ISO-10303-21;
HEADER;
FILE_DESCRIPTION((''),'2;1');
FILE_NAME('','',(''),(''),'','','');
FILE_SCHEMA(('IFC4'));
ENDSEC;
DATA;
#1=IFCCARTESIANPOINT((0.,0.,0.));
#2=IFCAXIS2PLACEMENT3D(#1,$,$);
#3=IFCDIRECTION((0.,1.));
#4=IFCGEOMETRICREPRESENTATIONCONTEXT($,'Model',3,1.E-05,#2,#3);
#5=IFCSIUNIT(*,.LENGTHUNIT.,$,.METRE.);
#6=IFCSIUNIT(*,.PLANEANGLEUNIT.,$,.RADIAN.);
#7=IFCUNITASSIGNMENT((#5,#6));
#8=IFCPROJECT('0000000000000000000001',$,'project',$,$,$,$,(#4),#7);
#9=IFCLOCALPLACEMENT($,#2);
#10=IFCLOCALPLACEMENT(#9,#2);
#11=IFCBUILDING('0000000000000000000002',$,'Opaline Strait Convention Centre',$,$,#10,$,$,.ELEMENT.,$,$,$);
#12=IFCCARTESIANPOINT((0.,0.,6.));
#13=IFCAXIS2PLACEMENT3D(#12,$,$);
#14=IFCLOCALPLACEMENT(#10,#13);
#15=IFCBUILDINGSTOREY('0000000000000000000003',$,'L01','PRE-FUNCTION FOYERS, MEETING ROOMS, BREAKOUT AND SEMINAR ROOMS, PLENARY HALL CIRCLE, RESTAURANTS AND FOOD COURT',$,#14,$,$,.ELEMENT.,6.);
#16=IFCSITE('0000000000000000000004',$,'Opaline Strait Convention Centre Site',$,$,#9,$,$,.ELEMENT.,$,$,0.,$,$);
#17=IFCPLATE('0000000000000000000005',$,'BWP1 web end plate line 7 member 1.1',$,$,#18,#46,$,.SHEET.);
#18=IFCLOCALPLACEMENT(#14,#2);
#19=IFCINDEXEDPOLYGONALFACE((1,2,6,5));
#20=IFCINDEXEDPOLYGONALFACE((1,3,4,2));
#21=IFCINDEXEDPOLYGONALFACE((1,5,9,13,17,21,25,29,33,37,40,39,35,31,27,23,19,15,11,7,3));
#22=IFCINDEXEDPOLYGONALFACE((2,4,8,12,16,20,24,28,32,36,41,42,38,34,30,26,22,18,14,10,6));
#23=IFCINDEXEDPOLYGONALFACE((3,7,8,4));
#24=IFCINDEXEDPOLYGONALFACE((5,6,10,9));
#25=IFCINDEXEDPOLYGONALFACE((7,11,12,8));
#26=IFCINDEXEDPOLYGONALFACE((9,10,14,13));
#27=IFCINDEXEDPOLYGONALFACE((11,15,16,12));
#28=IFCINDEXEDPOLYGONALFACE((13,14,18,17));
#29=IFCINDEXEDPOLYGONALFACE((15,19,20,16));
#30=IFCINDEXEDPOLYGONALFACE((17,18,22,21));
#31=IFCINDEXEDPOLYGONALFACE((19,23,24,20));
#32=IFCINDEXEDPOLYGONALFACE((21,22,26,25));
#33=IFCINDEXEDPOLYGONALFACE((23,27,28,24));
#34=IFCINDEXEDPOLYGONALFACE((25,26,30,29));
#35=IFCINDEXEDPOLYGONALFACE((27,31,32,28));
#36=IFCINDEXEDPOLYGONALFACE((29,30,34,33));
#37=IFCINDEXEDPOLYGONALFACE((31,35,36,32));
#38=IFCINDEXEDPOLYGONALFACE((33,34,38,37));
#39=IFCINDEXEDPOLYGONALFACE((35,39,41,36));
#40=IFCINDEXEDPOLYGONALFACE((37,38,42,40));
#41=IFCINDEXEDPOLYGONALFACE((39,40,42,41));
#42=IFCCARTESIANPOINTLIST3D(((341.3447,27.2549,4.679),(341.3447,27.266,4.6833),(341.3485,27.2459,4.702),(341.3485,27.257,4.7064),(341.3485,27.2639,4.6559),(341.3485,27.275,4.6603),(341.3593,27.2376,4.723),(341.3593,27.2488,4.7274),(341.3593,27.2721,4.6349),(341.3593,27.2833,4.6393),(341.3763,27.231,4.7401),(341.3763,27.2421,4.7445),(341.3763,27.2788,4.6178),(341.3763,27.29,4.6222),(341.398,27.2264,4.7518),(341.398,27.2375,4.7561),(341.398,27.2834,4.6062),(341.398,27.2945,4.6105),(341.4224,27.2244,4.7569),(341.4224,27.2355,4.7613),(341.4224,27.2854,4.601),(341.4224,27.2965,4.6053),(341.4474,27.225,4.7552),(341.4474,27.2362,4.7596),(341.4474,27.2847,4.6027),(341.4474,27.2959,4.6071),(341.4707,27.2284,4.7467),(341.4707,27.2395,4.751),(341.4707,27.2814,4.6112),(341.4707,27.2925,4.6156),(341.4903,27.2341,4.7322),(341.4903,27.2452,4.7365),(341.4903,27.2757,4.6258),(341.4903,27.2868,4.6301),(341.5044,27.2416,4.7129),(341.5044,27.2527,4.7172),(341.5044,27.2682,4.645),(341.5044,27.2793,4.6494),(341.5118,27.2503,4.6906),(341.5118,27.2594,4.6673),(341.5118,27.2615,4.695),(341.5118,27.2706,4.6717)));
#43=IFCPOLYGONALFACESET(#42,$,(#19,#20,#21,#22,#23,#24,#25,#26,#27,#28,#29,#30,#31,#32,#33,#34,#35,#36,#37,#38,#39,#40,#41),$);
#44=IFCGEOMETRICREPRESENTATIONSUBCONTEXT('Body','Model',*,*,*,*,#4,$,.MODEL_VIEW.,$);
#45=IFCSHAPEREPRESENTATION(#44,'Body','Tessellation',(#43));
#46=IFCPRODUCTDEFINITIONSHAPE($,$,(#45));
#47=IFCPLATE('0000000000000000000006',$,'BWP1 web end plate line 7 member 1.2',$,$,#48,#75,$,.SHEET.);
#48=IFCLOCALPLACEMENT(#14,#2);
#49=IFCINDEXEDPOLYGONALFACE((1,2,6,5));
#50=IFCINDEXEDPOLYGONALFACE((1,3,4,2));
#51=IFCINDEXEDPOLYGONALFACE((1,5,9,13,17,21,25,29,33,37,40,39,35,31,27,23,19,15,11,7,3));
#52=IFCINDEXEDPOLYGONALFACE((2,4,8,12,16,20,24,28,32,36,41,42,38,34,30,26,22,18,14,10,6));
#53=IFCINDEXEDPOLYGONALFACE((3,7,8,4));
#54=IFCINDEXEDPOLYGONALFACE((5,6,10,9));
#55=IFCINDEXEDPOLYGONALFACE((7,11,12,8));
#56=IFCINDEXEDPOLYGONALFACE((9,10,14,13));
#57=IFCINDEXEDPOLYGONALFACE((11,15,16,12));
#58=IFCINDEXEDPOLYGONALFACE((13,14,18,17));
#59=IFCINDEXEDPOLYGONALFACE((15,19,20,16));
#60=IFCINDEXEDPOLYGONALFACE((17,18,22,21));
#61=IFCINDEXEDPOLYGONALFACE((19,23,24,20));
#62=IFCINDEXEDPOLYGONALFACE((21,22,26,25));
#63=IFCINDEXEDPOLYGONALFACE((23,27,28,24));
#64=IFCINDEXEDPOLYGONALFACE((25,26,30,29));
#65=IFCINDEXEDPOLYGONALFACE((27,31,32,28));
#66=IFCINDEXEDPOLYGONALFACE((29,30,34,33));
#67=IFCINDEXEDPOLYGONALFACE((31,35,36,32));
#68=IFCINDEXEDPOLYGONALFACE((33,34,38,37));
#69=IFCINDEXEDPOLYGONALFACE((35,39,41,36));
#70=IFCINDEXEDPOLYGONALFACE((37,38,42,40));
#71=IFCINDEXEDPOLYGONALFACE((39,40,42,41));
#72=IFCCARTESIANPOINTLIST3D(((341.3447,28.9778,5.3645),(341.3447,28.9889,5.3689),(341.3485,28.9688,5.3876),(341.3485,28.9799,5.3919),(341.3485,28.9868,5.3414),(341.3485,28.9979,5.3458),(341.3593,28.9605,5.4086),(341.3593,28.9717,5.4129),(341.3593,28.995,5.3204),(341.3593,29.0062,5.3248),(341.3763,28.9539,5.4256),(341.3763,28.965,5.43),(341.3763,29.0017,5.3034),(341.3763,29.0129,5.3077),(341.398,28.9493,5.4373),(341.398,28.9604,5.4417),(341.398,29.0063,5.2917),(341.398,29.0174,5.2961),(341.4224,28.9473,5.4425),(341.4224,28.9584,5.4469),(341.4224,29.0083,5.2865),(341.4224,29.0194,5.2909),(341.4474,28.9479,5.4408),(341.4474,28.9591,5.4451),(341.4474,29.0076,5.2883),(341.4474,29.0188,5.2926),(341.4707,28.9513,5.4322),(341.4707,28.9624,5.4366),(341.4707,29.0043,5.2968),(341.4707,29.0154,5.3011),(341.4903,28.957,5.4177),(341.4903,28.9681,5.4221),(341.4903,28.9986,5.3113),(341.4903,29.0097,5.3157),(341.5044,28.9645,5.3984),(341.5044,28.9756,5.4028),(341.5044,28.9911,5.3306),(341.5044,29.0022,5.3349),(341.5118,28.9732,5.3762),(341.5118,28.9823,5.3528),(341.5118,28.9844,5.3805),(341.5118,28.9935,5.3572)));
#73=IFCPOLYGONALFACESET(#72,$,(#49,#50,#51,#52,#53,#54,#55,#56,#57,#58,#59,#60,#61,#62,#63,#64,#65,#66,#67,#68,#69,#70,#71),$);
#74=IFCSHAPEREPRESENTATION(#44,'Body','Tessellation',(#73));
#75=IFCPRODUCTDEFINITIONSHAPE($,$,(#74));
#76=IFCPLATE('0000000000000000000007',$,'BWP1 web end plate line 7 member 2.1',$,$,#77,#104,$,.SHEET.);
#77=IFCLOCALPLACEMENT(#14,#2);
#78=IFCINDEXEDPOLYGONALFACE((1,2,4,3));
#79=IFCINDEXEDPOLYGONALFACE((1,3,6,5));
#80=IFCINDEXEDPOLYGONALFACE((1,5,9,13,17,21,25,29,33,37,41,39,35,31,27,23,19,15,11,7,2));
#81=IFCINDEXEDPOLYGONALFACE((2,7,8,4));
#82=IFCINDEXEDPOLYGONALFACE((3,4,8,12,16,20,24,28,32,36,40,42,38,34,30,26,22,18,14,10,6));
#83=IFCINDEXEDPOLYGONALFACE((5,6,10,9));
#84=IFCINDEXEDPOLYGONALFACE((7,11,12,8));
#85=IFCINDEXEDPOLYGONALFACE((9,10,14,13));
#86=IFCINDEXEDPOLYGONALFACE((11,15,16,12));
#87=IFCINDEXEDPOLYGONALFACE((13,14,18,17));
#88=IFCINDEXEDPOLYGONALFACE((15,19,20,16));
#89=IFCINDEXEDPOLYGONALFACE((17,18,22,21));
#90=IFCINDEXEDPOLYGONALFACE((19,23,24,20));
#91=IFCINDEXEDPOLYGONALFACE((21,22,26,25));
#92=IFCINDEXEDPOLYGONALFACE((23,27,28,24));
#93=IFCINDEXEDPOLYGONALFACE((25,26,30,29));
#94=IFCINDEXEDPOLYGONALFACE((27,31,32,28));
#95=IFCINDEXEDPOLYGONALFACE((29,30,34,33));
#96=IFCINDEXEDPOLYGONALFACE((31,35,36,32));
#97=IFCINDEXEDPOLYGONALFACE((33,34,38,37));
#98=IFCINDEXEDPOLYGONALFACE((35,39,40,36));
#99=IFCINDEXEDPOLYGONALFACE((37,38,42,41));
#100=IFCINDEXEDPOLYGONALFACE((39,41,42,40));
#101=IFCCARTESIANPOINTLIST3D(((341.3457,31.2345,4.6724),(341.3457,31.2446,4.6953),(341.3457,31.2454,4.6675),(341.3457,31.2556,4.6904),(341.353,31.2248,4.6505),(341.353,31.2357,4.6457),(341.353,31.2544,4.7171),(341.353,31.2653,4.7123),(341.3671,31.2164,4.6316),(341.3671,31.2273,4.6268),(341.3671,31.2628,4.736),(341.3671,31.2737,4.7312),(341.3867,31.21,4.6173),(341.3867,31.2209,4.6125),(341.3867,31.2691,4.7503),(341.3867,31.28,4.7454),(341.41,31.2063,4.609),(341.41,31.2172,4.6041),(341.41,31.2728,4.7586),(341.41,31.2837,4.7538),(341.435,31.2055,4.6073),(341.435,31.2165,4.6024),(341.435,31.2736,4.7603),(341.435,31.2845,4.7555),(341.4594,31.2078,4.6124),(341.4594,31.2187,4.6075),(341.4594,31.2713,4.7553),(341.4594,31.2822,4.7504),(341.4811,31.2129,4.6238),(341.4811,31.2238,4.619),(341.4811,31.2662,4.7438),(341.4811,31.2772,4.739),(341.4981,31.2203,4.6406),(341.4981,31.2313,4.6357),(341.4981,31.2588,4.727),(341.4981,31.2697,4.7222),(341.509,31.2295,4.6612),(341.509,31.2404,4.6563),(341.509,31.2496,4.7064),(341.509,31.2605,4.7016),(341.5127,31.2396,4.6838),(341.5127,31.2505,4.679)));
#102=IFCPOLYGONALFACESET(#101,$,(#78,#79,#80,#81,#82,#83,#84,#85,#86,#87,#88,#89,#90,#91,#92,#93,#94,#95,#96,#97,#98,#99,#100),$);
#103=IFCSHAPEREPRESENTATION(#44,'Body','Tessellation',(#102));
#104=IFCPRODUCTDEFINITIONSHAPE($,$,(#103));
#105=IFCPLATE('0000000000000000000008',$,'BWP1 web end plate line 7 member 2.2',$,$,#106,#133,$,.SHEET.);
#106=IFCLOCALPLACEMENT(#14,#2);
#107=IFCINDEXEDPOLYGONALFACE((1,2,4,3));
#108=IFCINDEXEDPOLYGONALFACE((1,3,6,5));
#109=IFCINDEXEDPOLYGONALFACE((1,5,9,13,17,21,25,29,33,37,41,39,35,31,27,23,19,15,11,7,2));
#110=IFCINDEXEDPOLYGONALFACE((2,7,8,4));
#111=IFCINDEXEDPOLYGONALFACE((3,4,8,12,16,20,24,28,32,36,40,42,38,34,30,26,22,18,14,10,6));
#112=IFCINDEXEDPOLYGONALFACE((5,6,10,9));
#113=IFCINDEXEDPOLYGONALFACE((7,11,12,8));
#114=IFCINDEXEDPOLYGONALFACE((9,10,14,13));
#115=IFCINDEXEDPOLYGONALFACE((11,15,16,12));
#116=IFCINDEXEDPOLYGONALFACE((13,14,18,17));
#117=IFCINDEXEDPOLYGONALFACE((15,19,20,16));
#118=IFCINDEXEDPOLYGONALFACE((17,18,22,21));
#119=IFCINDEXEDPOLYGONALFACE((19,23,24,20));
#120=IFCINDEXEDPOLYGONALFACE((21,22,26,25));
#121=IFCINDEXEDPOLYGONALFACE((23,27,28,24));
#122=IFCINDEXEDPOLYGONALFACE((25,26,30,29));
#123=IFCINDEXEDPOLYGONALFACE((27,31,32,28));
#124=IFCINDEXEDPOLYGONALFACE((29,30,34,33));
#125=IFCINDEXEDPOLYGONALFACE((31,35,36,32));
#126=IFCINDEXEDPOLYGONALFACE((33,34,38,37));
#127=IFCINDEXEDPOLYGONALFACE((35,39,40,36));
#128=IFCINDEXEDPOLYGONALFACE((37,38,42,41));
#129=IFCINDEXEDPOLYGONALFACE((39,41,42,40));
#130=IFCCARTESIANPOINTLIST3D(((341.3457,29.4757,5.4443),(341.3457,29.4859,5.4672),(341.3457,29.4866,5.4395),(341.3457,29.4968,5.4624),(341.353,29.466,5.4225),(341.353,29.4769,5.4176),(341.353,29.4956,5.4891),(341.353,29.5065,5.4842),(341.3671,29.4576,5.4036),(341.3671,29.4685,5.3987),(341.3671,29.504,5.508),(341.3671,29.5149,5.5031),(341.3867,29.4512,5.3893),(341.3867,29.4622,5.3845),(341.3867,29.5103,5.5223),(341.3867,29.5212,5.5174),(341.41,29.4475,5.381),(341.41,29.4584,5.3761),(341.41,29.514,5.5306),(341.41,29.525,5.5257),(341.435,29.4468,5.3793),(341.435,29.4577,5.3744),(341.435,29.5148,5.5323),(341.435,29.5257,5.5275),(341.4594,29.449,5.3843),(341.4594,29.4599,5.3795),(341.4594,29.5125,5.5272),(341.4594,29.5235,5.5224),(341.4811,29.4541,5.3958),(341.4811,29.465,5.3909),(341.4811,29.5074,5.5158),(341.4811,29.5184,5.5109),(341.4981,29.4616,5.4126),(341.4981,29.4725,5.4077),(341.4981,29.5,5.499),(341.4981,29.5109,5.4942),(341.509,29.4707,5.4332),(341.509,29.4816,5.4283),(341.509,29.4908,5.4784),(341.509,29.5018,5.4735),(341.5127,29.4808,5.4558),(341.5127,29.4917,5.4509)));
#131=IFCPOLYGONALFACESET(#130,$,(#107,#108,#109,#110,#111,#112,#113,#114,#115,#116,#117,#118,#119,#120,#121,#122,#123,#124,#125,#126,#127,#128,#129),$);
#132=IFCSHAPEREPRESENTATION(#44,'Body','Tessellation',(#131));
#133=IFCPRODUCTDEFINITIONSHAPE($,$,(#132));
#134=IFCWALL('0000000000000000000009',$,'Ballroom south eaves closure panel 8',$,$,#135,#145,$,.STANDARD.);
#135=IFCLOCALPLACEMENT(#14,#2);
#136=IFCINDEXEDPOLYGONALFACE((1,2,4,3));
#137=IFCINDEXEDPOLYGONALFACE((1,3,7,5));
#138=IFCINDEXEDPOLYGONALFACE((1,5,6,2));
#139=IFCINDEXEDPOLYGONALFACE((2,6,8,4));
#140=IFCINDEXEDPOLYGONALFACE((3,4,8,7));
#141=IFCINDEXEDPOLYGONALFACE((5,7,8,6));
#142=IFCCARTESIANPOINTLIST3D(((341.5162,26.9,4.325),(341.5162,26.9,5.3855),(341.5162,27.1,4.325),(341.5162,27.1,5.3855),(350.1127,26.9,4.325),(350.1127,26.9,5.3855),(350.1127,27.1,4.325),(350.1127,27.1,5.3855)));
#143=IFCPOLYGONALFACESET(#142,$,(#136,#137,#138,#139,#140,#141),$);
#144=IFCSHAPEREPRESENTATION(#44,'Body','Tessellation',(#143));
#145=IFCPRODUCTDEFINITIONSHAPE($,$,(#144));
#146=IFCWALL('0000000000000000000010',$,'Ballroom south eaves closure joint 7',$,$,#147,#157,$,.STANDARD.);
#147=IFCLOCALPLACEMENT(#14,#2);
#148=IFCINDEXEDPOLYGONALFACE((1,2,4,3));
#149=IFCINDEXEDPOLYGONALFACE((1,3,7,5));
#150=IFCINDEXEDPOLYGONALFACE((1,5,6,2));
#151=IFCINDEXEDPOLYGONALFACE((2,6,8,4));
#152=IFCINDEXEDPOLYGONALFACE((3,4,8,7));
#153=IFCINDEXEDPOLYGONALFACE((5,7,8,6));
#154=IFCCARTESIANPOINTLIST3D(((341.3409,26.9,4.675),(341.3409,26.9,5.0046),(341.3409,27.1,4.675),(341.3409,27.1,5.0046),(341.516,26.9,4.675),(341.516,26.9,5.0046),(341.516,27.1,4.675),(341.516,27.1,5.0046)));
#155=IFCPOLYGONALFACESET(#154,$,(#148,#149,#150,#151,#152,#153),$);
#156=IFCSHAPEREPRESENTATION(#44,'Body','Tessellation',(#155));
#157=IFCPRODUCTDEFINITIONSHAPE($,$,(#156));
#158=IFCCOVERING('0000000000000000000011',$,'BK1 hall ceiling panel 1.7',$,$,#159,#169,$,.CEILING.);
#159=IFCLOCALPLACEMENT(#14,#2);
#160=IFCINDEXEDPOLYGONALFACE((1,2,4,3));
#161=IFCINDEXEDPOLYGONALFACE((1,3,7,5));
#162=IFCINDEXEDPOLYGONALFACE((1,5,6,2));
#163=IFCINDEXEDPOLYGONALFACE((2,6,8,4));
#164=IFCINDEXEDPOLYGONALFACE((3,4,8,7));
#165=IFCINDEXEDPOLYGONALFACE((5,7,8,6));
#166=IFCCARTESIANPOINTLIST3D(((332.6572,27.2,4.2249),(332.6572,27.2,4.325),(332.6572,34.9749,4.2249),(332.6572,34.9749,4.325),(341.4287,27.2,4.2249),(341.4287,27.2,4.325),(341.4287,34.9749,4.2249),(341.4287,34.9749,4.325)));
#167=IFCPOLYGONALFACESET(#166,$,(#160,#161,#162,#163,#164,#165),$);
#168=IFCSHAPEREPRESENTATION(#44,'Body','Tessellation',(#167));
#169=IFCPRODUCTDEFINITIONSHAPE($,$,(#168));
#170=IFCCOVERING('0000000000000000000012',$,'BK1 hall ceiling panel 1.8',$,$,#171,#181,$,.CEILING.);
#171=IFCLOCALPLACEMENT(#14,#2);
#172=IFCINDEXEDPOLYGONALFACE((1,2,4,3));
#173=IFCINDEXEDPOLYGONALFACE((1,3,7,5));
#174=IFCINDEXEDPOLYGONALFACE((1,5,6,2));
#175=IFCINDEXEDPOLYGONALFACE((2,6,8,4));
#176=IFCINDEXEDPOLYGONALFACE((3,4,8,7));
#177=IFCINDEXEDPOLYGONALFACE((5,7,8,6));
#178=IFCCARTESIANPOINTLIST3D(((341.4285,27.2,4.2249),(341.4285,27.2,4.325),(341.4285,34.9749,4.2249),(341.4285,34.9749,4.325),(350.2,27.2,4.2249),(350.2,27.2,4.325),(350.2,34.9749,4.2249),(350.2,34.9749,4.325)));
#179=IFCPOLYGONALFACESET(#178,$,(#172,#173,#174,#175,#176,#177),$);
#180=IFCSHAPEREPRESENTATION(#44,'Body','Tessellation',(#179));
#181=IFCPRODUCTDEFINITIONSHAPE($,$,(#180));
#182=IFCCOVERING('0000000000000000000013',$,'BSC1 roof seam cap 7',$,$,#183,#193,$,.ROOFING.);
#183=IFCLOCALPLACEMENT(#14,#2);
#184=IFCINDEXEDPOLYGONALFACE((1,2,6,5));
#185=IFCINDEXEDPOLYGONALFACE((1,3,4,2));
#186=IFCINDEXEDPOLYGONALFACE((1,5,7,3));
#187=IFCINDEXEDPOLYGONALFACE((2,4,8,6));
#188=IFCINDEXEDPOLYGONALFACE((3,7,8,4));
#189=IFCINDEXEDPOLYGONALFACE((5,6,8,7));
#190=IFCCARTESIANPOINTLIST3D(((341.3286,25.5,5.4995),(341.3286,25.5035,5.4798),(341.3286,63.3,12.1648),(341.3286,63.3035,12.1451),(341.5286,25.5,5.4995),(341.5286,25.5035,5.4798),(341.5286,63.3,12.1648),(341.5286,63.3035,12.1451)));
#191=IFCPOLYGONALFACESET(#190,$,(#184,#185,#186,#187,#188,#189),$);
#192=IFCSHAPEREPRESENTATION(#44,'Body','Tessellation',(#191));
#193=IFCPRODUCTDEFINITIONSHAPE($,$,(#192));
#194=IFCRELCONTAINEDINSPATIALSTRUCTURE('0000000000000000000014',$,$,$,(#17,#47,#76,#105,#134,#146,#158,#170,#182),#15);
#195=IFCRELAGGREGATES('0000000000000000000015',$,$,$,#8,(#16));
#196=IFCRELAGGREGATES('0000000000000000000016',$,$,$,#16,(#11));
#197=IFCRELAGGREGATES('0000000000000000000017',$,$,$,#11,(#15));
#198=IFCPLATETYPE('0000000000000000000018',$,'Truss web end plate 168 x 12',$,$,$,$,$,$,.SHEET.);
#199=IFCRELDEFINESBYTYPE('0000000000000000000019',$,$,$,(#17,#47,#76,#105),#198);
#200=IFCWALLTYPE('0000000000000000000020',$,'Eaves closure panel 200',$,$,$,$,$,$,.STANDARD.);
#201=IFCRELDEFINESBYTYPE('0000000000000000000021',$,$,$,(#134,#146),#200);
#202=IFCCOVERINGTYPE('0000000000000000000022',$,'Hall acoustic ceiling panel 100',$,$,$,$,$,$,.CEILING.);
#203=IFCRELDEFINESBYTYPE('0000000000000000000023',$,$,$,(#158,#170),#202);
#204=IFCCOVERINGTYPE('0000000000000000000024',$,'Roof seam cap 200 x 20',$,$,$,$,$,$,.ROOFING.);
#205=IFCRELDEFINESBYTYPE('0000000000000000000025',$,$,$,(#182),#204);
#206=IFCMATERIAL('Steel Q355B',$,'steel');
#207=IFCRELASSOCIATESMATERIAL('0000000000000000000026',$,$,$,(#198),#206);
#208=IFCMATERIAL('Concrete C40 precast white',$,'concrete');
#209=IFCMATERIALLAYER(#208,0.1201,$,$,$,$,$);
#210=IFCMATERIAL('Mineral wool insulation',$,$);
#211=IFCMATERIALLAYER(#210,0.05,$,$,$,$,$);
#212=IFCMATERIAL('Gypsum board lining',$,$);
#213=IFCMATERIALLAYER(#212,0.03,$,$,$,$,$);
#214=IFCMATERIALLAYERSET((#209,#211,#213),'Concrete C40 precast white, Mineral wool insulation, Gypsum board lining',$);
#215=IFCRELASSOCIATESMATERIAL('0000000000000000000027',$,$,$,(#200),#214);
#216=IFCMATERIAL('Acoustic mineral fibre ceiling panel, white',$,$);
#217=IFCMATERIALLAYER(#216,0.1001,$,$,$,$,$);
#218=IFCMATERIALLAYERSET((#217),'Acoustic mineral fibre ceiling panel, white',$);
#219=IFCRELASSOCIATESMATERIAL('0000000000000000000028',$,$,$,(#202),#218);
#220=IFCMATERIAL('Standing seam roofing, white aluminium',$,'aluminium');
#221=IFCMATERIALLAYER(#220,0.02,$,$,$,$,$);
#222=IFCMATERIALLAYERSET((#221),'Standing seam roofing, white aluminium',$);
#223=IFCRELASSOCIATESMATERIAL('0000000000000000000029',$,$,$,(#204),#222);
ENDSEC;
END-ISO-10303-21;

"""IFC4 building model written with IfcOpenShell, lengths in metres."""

from ifc_helpers import new_model, si_unit, direction, frame, frame_2d, origin, origin_2d, place, context, subcontext, project, spatial, polyline, rectangle, circle, outline, extrude, material, layer, layer_set, material_profile, profile_set, type_object, element, save


model = new_model("IFC4")

# Units and contexts
model_context = context("Model", 3, precision=1e-05, world=origin(), true_north=direction((0.0, 1.0)))
body_context = subcontext(model_context, "Body", "Model", "MODEL_VIEW")
ifc_project = project(units=[si_unit("LENGTHUNIT", "METRE"), si_unit("PLANEANGLEUNIT", "RADIAN")], contexts=[model_context])

# Site, building, storey
site_placement = place(None, origin())
site = spatial("IfcSite", under=ifc_project, at=site_placement, Name="Opaline Strait Convention Centre Site", CompositionType="ELEMENT", RefElevation=0.0)
building_placement = place(site_placement, origin())
building = spatial("IfcBuilding", under=site, at=building_placement, Name="Opaline Strait Convention Centre", CompositionType="ELEMENT")
storey_placement = place(building_placement, frame((0.0, 0.0, 6.0)))
storey = spatial("IfcBuildingStorey", under=building, at=storey_placement, Name="L01", Description="PRE-FUNCTION FOYERS, MEETING ROOMS, BREAKOUT AND SEMINAR ROOMS, PLENARY HALL CIRCLE, RESTAURANTS AND FOOD COURT", CompositionType="ELEMENT", Elevation=6.0)

# Shared definitions
ifc_material_1 = material(Name="Steel Q355B", Category="steel")

# Plates
ifc_material_profile_1 = material_profile(ifc_material_1, circle(Radius=0.084, at=origin_2d()), Name="D168")
ifc_profile_set_1 = profile_set([ifc_material_profile_1], Name="Steel Q355B")
plate_type = type_object("IfcPlateType", Name="Truss web end plate 168 x 12", PredefinedType="SHEET", material=ifc_profile_set_1)
for number, where, z_axis, x_axis, name in (
    (1, (341.4287, 27.2549, 4.679), (0.0, 0.931243, 0.364399), (-1.0, 0.0, 0.0), "BWP1 web end plate line 7 member 1.1"),
    (2, (341.4287, 28.9778, 5.3645), (0.0, 0.931243, 0.364399), (-1.0, 0.0, 0.0), "BWP1 web end plate line 7 member 1.2"),
    (3, (341.4287, 31.2505, 4.679), (0.0, -0.913812, 0.406138), (1.0, 0.0, 0.0), "BWP1 web end plate line 7 member 2.1"),
    (4, (341.4287, 29.4917, 5.4509), (0.0, -0.913812, 0.406138), (1.0, 0.0, 0.0), "BWP1 web end plate line 7 member 2.2"),
):
    element("IfcPlate", number, at=place(storey_placement, frame(where, z_axis=z_axis, x_axis=x_axis)), inside=storey, type_object=plate_type, Name=name, PredefinedType="SHEET", context=body_context, shape_type="SweptSolid", body=[
        extrude(circle(Radius=0.084, at=origin_2d()), origin(), (0.0, 0.0, 1.0), 0.012),
    ])

# Walls
ifc_material_2 = material(Name="Concrete C40 precast white", Category="concrete")
ifc_layer_1 = layer(ifc_material_2, 0.1201)
ifc_material_3 = material(Name="Mineral wool insulation")
ifc_layer_2 = layer(ifc_material_3, 0.05)
ifc_material_4 = material(Name="Gypsum board lining")
ifc_layer_3 = layer(ifc_material_4, 0.03)
ifc_layer_set_1 = layer_set([ifc_layer_1, ifc_layer_2, ifc_layer_3], Name="Concrete C40 precast white, Mineral wool insulation, Gypsum board lining")
wall_type = type_object("IfcWallType", Name="Eaves closure panel 200", PredefinedType="STANDARD", material=ifc_layer_set_1)
wall_1_placement = place(storey_placement, frame((341.5161, 27.0, 4.325), z_axis=(0.0, 0.0, 1.0), x_axis=(1.0, 0.0, 0.0)))
element("IfcWall", 5, at=wall_1_placement, inside=storey, type_object=wall_type, Name="Ballroom south eaves closure panel 8", PredefinedType="STANDARD", context=body_context, shape_type="SweptSolid", body=[
    extrude(rectangle(XDim=8.5964, YDim=0.2, at=frame_2d((4.2983, 0.0))), origin(), (0.0, 0.0, 1.0), 1.0605),
])
wall_2_placement = place(storey_placement, frame((341.3411, 27.0, 4.675), z_axis=(0.0, 0.0, 1.0), x_axis=(1.0, 0.0, 0.0)))
element("IfcWall", 6, at=wall_2_placement, inside=storey, type_object=wall_type, Name="Ballroom south eaves closure joint 7", PredefinedType="STANDARD", context=body_context, shape_type="SweptSolid", body=[
    extrude(rectangle(XDim=0.175, YDim=0.2, at=frame_2d((0.0874, 0.0))), origin(), (0.0, 0.0, 1.0), 0.3296),
])

# Coverings
ifc_material_5 = material(Name="Acoustic mineral fibre ceiling panel, white")
ifc_layer_4 = layer(ifc_material_5, 0.1001)
ifc_layer_set_2 = layer_set([ifc_layer_4], Name="Acoustic mineral fibre ceiling panel, white")
covering_type_1 = type_object("IfcCoveringType", Name="Hall acoustic ceiling panel 100", PredefinedType="CEILING", material=ifc_layer_set_2)
for number, where, z_axis, x_axis, name in (
    (7, (337.043, 31.0874, 4.2249), (0.0, 0.0, 1.0), (1.0, 0.0, 0.0), "BK1 hall ceiling panel 1.7"),
    (8, (345.8142, 31.0874, 4.2249), (0.0, 0.0, 1.0), (1.0, 0.0, 0.0), "BK1 hall ceiling panel 1.8"),
):
    element("IfcCovering", number, at=place(storey_placement, frame(where, z_axis=z_axis, x_axis=x_axis)), inside=storey, type_object=covering_type_1, Name=name, PredefinedType="CEILING", context=body_context, shape_type="SweptSolid", body=[
        extrude(rectangle(XDim=8.7715, YDim=7.7749, at=origin_2d()), origin(), (0.0, 0.0, 1.0), 0.1001),
    ])
ifc_material_6 = material(Name="Standing seam roofing, white aluminium", Category="aluminium")
ifc_layer_5 = layer(ifc_material_6, 0.02)
ifc_layer_set_3 = layer_set([ifc_layer_5], Name="Standing seam roofing, white aluminium")
covering_type_2 = type_object("IfcCoveringType", Name="Roof seam cap 200 x 20", PredefinedType="ROOFING", material=ifc_layer_set_3)
covering_placement = place(storey_placement, frame((341.3286, 25.5, 5.4995), z_axis=(0.0, -0.173651, 0.984807), x_axis=(1.0, 0.0, 0.0)))
element("IfcCovering", 9, at=covering_placement, inside=storey, type_object=covering_type_2, Name="BSC1 roof seam cap 7", PredefinedType="ROOFING", context=body_context, shape_type="SweptSolid", body=[
    extrude(outline(polyline([(0.0, 0.0), (0.2, 0.0), (0.2, 38.3832), (0.0, 38.3832), (0.0, 0.0)])), origin(), (0.0, 0.0, -1.0), 0.02),
])

save(model, "model.ifc")
